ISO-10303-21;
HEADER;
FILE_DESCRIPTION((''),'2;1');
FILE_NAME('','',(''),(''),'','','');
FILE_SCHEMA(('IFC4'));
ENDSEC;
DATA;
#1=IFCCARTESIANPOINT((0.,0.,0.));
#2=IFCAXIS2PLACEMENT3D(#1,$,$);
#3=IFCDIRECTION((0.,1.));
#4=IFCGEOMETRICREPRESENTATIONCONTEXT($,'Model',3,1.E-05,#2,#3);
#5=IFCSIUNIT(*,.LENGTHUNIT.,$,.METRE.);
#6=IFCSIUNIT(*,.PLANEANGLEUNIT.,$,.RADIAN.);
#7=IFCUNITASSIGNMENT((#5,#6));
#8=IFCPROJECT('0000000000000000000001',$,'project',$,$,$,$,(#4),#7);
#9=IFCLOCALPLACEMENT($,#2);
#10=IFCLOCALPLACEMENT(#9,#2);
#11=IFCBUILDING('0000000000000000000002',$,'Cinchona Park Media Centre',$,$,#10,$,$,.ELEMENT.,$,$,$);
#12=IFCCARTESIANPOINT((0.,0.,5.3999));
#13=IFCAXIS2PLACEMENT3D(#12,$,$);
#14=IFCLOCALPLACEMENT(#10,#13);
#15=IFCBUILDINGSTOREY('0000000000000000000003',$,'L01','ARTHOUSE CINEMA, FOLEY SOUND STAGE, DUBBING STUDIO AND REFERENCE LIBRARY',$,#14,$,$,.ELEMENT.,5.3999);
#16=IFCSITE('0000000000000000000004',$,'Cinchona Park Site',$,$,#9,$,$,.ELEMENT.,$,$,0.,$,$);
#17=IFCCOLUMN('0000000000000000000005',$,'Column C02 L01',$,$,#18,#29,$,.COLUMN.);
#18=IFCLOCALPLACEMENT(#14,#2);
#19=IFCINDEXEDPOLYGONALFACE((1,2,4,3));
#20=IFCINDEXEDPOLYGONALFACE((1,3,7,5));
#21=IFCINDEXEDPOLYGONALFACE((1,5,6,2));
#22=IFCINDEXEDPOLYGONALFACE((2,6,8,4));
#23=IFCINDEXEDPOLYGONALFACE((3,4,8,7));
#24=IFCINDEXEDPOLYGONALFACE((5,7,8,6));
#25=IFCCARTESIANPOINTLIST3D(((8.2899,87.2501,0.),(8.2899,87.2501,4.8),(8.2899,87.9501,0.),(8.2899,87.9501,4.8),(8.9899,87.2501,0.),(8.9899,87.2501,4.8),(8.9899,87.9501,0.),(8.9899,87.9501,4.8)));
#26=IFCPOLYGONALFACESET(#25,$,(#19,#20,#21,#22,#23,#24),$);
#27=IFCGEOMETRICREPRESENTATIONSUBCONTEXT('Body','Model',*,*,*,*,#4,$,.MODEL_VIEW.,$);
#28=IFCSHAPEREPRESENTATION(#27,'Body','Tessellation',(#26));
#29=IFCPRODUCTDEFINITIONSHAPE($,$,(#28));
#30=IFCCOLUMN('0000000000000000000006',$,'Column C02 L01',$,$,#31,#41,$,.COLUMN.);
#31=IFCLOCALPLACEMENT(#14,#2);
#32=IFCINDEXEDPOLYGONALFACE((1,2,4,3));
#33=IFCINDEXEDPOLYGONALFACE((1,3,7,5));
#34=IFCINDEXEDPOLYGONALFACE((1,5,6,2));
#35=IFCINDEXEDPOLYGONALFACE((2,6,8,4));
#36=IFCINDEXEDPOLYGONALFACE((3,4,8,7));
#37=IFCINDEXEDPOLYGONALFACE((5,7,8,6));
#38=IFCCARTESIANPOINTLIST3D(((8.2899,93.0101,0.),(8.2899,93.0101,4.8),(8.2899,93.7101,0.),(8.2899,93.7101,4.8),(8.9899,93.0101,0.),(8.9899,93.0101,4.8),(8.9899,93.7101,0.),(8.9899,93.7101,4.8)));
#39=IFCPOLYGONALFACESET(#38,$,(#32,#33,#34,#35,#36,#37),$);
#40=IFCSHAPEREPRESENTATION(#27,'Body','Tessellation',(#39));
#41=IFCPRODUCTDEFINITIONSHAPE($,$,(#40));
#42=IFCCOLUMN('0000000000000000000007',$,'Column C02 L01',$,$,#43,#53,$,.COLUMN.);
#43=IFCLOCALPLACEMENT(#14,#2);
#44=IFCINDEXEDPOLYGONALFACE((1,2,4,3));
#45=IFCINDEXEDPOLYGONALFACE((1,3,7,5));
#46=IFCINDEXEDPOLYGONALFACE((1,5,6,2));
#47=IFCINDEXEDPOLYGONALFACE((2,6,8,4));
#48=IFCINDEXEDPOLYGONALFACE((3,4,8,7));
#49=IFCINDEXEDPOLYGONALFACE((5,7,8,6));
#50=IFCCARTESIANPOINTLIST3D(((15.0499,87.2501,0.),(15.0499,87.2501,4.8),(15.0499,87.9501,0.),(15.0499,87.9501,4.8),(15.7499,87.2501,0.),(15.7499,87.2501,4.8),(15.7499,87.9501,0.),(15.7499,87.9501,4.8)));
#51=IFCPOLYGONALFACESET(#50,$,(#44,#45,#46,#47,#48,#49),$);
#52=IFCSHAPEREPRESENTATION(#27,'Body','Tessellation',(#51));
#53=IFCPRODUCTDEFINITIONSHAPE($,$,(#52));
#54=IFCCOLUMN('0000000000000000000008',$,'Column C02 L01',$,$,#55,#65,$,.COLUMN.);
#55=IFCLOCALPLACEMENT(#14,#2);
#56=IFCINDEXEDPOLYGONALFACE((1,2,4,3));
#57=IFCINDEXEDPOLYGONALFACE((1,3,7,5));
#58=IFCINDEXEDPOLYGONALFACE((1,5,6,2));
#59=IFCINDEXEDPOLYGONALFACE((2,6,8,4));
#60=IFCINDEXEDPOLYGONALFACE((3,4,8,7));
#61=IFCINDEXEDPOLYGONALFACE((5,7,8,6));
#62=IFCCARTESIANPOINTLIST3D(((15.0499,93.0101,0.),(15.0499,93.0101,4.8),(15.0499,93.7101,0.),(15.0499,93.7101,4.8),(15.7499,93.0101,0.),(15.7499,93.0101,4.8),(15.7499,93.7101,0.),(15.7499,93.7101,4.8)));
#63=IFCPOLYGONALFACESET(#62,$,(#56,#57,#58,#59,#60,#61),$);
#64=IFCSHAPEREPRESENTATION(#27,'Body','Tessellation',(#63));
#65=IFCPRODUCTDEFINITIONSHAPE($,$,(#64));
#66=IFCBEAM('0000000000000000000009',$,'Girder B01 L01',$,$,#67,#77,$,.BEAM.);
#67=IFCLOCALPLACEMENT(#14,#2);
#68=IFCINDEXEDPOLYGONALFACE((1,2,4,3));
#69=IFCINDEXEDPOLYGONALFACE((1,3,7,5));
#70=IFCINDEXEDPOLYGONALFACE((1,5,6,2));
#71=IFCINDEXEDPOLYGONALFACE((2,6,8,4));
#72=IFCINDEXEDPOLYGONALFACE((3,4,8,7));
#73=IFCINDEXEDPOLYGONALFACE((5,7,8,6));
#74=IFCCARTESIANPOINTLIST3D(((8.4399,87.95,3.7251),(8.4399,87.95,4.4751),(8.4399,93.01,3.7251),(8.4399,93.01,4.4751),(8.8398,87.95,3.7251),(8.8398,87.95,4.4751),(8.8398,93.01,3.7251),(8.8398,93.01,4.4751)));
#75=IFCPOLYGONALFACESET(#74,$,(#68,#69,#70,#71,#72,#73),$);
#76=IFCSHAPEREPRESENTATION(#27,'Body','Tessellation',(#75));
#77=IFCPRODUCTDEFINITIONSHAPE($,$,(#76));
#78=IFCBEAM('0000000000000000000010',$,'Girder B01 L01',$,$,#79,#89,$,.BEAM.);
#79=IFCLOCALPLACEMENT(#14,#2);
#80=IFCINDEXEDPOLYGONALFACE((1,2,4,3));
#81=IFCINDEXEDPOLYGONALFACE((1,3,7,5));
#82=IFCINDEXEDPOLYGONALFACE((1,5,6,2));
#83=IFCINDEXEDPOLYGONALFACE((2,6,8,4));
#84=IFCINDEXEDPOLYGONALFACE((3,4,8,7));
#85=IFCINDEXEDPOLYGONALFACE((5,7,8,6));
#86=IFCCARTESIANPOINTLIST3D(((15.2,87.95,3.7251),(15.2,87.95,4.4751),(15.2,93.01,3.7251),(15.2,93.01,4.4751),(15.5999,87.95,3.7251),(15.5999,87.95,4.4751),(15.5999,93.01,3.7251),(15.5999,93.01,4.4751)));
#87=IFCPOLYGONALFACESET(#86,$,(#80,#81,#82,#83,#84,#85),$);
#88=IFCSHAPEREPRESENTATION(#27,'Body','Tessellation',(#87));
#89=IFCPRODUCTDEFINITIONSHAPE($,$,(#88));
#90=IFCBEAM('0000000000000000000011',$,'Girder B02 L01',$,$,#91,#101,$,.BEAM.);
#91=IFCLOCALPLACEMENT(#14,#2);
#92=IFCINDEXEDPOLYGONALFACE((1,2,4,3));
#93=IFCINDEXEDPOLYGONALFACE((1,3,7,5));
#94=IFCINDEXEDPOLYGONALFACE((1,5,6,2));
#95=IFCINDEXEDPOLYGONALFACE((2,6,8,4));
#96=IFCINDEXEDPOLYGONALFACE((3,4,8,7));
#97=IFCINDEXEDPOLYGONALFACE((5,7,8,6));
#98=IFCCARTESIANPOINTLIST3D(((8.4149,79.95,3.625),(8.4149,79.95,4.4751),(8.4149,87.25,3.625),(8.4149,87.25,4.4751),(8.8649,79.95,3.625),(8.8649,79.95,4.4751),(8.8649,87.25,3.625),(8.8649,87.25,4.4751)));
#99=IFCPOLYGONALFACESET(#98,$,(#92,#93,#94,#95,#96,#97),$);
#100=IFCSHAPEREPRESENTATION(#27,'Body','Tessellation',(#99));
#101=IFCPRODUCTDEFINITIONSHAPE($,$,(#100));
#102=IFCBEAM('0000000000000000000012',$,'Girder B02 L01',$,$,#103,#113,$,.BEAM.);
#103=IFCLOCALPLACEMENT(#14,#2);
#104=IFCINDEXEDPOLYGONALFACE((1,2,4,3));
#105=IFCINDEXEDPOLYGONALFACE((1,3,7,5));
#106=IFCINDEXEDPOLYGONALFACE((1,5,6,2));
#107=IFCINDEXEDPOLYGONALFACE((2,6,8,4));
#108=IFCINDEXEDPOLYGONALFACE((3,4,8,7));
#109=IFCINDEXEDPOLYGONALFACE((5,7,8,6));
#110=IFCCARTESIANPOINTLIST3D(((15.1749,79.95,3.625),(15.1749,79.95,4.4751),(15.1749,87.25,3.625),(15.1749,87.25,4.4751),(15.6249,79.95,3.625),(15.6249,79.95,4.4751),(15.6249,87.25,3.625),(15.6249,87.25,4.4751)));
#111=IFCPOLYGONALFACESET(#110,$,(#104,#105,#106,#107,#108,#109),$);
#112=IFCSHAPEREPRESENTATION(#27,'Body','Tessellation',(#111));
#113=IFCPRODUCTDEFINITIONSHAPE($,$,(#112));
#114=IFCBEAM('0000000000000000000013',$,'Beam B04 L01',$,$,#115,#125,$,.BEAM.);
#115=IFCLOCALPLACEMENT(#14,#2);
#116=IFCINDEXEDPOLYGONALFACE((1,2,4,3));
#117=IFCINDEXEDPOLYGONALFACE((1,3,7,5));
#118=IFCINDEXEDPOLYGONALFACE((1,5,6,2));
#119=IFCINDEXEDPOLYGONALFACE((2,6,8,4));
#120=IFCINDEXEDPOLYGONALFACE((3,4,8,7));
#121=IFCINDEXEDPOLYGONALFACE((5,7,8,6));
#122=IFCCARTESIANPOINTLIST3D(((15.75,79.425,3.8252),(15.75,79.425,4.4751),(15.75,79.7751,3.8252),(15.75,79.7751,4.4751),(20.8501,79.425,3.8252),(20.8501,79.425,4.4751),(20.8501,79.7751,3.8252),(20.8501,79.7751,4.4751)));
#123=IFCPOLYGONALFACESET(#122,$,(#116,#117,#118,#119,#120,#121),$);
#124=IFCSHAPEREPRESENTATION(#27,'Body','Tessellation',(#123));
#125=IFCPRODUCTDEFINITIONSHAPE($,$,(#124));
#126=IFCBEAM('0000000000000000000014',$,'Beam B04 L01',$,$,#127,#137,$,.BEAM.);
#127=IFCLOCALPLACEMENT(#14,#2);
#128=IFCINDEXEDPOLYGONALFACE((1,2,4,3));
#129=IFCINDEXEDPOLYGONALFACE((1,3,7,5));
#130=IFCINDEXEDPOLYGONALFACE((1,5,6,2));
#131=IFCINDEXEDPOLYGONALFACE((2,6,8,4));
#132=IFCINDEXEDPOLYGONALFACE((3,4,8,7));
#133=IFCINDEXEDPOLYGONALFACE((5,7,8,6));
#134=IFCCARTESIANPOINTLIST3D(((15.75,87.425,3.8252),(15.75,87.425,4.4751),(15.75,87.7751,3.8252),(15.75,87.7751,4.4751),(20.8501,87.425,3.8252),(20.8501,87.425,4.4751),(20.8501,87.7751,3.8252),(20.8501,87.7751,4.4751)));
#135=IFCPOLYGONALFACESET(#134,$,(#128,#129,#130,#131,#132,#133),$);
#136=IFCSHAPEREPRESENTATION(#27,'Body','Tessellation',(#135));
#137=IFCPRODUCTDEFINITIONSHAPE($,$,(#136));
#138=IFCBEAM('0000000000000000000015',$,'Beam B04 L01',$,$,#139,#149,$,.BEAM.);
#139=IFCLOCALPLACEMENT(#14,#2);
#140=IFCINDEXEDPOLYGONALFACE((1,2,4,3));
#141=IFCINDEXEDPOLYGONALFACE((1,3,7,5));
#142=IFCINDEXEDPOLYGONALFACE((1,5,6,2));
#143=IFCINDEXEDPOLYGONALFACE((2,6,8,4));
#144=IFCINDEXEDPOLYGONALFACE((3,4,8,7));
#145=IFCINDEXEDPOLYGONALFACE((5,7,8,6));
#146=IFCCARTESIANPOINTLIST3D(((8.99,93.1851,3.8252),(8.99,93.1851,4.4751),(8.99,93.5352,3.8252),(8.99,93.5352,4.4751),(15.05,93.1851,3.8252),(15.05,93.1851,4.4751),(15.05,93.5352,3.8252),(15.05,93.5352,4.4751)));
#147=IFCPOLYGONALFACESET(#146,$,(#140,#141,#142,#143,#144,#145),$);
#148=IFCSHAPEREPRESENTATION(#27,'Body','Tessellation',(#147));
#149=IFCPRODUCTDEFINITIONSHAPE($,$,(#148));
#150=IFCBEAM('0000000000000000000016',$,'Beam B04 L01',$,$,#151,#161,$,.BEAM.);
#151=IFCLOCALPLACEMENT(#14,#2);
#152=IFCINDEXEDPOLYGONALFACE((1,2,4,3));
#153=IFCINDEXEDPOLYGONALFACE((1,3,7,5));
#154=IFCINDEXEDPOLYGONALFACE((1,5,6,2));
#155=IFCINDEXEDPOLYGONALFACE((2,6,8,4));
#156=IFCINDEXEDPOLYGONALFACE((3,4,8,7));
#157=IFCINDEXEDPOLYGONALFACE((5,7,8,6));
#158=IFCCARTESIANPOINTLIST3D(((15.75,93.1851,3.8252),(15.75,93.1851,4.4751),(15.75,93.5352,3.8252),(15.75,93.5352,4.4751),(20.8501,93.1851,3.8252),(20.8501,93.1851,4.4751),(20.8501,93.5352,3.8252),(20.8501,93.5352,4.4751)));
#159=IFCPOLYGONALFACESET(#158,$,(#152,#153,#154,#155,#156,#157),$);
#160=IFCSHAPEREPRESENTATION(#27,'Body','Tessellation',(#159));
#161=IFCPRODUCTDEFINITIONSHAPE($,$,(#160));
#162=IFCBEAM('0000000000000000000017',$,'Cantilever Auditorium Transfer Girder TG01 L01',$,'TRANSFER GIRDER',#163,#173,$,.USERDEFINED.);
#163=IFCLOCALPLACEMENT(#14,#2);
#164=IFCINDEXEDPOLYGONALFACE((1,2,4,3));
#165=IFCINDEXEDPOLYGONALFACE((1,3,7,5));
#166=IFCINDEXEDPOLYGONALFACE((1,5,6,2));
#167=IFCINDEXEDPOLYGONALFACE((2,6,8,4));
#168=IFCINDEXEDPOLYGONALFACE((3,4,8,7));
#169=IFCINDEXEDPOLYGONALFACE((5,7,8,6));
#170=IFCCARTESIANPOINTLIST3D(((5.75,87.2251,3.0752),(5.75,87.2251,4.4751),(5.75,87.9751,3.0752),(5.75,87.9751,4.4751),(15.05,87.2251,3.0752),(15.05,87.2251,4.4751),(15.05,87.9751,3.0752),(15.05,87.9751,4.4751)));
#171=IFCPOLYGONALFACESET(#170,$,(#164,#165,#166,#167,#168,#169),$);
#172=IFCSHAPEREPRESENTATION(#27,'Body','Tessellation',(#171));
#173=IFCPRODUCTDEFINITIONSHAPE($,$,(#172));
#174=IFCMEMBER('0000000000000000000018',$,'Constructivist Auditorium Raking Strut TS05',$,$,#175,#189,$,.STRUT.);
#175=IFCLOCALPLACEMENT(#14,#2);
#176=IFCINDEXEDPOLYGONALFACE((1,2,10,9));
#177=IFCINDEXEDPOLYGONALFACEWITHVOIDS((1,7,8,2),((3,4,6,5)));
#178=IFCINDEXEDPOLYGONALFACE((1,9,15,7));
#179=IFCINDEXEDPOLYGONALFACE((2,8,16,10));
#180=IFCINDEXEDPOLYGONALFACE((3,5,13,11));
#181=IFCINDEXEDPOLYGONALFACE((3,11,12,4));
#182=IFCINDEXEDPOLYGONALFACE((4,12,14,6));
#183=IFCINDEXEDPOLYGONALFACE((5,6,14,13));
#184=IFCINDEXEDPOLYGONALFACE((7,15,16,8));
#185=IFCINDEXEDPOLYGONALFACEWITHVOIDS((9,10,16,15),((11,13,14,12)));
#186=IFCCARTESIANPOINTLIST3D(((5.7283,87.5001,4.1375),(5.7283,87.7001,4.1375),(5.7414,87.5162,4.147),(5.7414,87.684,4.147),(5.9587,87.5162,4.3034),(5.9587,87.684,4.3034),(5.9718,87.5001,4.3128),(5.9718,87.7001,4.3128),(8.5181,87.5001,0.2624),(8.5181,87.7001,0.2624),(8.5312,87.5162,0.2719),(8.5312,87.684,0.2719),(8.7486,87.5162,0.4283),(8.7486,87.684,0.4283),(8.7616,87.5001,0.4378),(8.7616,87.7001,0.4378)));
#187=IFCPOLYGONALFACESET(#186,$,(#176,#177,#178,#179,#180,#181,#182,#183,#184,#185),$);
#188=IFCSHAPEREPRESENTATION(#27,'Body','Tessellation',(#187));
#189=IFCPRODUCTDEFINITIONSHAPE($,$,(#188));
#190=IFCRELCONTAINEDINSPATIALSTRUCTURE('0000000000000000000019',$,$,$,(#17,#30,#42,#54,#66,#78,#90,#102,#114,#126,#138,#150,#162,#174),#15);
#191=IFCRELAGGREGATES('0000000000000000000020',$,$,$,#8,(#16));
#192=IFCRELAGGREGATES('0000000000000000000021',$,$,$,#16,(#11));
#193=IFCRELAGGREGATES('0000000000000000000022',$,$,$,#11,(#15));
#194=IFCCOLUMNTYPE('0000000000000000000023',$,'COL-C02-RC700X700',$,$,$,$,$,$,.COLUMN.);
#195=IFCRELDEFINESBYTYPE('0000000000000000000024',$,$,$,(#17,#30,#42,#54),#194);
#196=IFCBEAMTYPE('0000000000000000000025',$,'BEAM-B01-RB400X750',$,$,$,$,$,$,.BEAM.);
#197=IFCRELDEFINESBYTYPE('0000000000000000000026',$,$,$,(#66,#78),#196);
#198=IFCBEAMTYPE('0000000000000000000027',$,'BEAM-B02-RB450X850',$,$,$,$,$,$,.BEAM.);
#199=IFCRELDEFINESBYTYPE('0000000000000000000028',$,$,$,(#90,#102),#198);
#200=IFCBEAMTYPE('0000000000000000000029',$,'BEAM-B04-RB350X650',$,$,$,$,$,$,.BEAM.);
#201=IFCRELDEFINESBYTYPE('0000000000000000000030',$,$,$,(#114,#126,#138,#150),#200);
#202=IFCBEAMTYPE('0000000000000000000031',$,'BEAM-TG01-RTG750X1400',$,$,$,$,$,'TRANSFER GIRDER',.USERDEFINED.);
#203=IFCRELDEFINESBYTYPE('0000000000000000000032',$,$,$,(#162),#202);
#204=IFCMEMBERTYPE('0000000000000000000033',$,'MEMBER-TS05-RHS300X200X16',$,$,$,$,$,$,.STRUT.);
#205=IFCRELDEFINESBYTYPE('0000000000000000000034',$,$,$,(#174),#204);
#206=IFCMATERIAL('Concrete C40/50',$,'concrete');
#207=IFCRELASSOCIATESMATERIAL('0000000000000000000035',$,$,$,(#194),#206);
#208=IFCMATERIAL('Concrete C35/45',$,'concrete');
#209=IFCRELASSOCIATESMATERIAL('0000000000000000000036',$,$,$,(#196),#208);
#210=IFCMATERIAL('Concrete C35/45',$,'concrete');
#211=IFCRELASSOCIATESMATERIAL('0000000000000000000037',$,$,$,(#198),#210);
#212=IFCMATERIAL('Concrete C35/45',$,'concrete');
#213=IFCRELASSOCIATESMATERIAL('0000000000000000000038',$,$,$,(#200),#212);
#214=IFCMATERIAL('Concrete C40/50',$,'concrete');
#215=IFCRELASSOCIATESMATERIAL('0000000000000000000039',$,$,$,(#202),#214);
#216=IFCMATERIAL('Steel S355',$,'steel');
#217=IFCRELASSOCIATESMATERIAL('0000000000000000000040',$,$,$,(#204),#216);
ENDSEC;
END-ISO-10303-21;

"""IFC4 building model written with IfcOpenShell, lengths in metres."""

from ifc_helpers import new_model, si_unit, direction, frame, origin, origin_2d, place, context, subcontext, project, spatial, rectangle, hollow_rectangle, extrude, material, material_profile, profile_set, type_object, element, save


model = new_model("IFC4")

# Units and contexts
model_context = context("Model", 3, precision=1e-05, world=origin(), true_north=direction((0.0, 1.0)))
body_context = subcontext(model_context, "Body", "Model", "MODEL_VIEW")
ifc_project = project(units=[si_unit("LENGTHUNIT", "METRE"), si_unit("PLANEANGLEUNIT", "RADIAN")], contexts=[model_context])

# Site, building, storey
site_placement = place(None, origin())
site = spatial("IfcSite", under=ifc_project, at=site_placement, Name="Cinchona Park Site", CompositionType="ELEMENT", RefElevation=0.0)
building_placement = place(site_placement, origin())
building = spatial("IfcBuilding", under=site, at=building_placement, Name="Cinchona Park Media Centre", CompositionType="ELEMENT")
storey_placement = place(building_placement, frame((0.0, 0.0, 5.3999)))
storey = spatial("IfcBuildingStorey", under=building, at=storey_placement, Name="L01", Description="ARTHOUSE CINEMA, FOLEY SOUND STAGE, DUBBING STUDIO AND REFERENCE LIBRARY", CompositionType="ELEMENT", Elevation=5.3999)

# Columns
ifc_material_1 = material(Name="Concrete C40/50", Category="concrete")
ifc_material_profile_1 = material_profile(ifc_material_1, rectangle(XDim=0.7, YDim=0.7, at=origin_2d()), Name="RC 700X700")
ifc_profile_set_1 = profile_set([ifc_material_profile_1], Name="Concrete C40/50")
column_type = type_object("IfcColumnType", Name="COL-C02-RC700X700", PredefinedType="COLUMN", material=ifc_profile_set_1)
for number, where, z_axis, x_axis, name in (
    (1, (8.6399, 87.6001, 0.0), (0.0, 0.0, 1.0), (1.0, 0.0, 0.0), "Column C02 L01"),
    (2, (8.6399, 93.3601, 0.0), (0.0, 0.0, 1.0), (1.0, 0.0, 0.0), "Column C02 L01"),
    (3, (15.3999, 87.6001, 0.0), (0.0, 0.0, 1.0), (1.0, 0.0, 0.0), "Column C02 L01"),
    (4, (15.3999, 93.3601, 0.0), (0.0, 0.0, 1.0), (1.0, 0.0, 0.0), "Column C02 L01"),
):
    element("IfcColumn", number, at=place(storey_placement, frame(where, z_axis=z_axis, x_axis=x_axis)), inside=storey, type_object=column_type, Name=name, PredefinedType="COLUMN", context=body_context, shape_type="SweptSolid", body=[
        extrude(rectangle(XDim=0.7, YDim=0.7, at=origin_2d()), origin(), (0.0, 0.0, 1.0), 4.8),
    ])

# Beams
ifc_material_2 = material(Name="Concrete C35/45", Category="concrete")
ifc_material_profile_2 = material_profile(ifc_material_2, rectangle(XDim=0.3999, YDim=0.75, at=origin_2d()), Name="RB 400X750")
ifc_profile_set_2 = profile_set([ifc_material_profile_2], Name="Concrete C35/45")
beam_type_1 = type_object("IfcBeamType", Name="BEAM-B01-RB400X750", PredefinedType="BEAM", material=ifc_profile_set_2)
for number, where, z_axis, x_axis, name in (
    (5, (8.6399, 87.95, 4.1001), (0.0, 1.0, 0.0), (-1.0, 0.0, 0.0), "Girder B01 L01"),
    (6, (15.3999, 87.95, 4.1001), (0.0, 1.0, 0.0), (-1.0, 0.0, 0.0), "Girder B01 L01"),
):
    element("IfcBeam", number, at=place(storey_placement, frame(where, z_axis=z_axis, x_axis=x_axis)), inside=storey, type_object=beam_type_1, Name=name, PredefinedType="BEAM", context=body_context, shape_type="SweptSolid", body=[
        extrude(rectangle(XDim=0.3999, YDim=0.75, at=origin_2d()), origin(), (0.0, 0.0, 1.0), 5.0601),
    ])
ifc_material_3 = material(Name="Concrete C35/45", Category="concrete")
ifc_material_profile_3 = material_profile(ifc_material_3, rectangle(XDim=0.45, YDim=0.8501, at=origin_2d()), Name="RB 450X850")
ifc_profile_set_3 = profile_set([ifc_material_profile_3], Name="Concrete C35/45")
beam_type_2 = type_object("IfcBeamType", Name="BEAM-B02-RB450X850", PredefinedType="BEAM", material=ifc_profile_set_3)
for number, where, z_axis, x_axis, name in (
    (7, (8.6399, 79.95, 4.05), (0.0, 1.0, 0.0), (-1.0, 0.0, 0.0), "Girder B02 L01"),
    (8, (15.3999, 79.95, 4.05), (0.0, 1.0, 0.0), (-1.0, 0.0, 0.0), "Girder B02 L01"),
):
    element("IfcBeam", number, at=place(storey_placement, frame(where, z_axis=z_axis, x_axis=x_axis)), inside=storey, type_object=beam_type_2, Name=name, PredefinedType="BEAM", context=body_context, shape_type="SweptSolid", body=[
        extrude(rectangle(XDim=0.45, YDim=0.8501, at=origin_2d()), origin(), (0.0, 0.0, 1.0), 7.3),
    ])
ifc_material_4 = material(Name="Concrete C35/45", Category="concrete")
ifc_material_profile_4 = material_profile(ifc_material_4, rectangle(XDim=0.3501, YDim=0.6499, at=origin_2d()), Name="RB 350X650")
ifc_profile_set_4 = profile_set([ifc_material_profile_4], Name="Concrete C35/45")
beam_type_3 = type_object("IfcBeamType", Name="BEAM-B04-RB350X650", PredefinedType="BEAM", material=ifc_profile_set_4)
for number, where, z_axis, x_axis, name in (
    (9, (15.75, 79.6001, 4.1501), (1.0, 0.0, 0.0), (0.0, 1.0, 0.0), "Beam B04 L01"),
    (10, (15.75, 87.6001, 4.1501), (1.0, 0.0, 0.0), (0.0, 1.0, 0.0), "Beam B04 L01"),
):
    element("IfcBeam", number, at=place(storey_placement, frame(where, z_axis=z_axis, x_axis=x_axis)), inside=storey, type_object=beam_type_3, Name=name, PredefinedType="BEAM", context=body_context, shape_type="SweptSolid", body=[
        extrude(rectangle(XDim=0.3501, YDim=0.6499, at=origin_2d()), origin(), (0.0, 0.0, 1.0), 5.1001),
    ])
beam_1_placement = place(storey_placement, frame((8.99, 93.3601, 4.1501), z_axis=(1.0, 0.0, 0.0), x_axis=(0.0, 1.0, 0.0)))
element("IfcBeam", 11, at=beam_1_placement, inside=storey, type_object=beam_type_3, Name="Beam B04 L01", PredefinedType="BEAM", context=body_context, shape_type="SweptSolid", body=[
    extrude(rectangle(XDim=0.3501, YDim=0.6499, at=origin_2d()), origin(), (0.0, 0.0, 1.0), 6.0601),
])
beam_2_placement = place(storey_placement, frame((15.75, 93.3601, 4.1501), z_axis=(1.0, 0.0, 0.0), x_axis=(0.0, 1.0, 0.0)))
element("IfcBeam", 12, at=beam_2_placement, inside=storey, type_object=beam_type_3, Name="Beam B04 L01", PredefinedType="BEAM", context=body_context, shape_type="SweptSolid", body=[
    extrude(rectangle(XDim=0.3501, YDim=0.6499, at=origin_2d()), origin(), (0.0, 0.0, 1.0), 5.1001),
])
ifc_material_5 = material(Name="Concrete C40/50", Category="concrete")
ifc_material_profile_5 = material_profile(ifc_material_5, rectangle(XDim=0.75, YDim=1.3999, at=origin_2d()), Name="RTG 750X1400")
ifc_profile_set_5 = profile_set([ifc_material_profile_5], Name="Concrete C40/50")
beam_type_4 = type_object("IfcBeamType", Name="BEAM-TG01-RTG750X1400", ElementType="TRANSFER GIRDER", PredefinedType="USERDEFINED", material=ifc_profile_set_5)
beam_3_placement = place(storey_placement, frame((5.75, 87.6001, 3.7751), z_axis=(1.0, 0.0, 0.0), x_axis=(0.0, 1.0, 0.0)))
element("IfcBeam", 13, at=beam_3_placement, inside=storey, type_object=beam_type_4, Name="Cantilever Auditorium Transfer Girder TG01 L01", ObjectType="TRANSFER GIRDER", PredefinedType="USERDEFINED", context=body_context, shape_type="SweptSolid", body=[
    extrude(rectangle(XDim=0.75, YDim=1.3999, at=origin_2d()), origin(), (0.0, 0.0, 1.0), 9.3),
])

# Member
ifc_material_6 = material(Name="Steel S355", Category="steel")
ifc_material_profile_6 = material_profile(ifc_material_6, hollow_rectangle(XDim=0.2, YDim=0.3, WallThickness=0.0161, at=origin_2d()), Name="300X200X16RHS")
ifc_profile_set_6 = profile_set([ifc_material_profile_6], Name="Steel S355")
member_type = type_object("IfcMemberType", Name="MEMBER-TS05-RHS300X200X16", PredefinedType="STRUT", material=ifc_profile_set_6)
member_placement = place(storey_placement, frame((8.6399, 87.6001, 0.3501), z_axis=(-0.584276, 0.0, 0.811555), x_axis=(0.0, -1.0, 0.0)))
element("IfcMember", 14, at=member_placement, inside=storey, type_object=member_type, Name="Constructivist Auditorium Raking Strut TS05", PredefinedType="STRUT", context=body_context, shape_type="SweptSolid", body=[
    extrude(hollow_rectangle(XDim=0.2, YDim=0.3, WallThickness=0.0161, at=origin_2d()), origin(), (0.0, 0.0, 1.0), 4.7749),
])

save(model, "model.ifc")
